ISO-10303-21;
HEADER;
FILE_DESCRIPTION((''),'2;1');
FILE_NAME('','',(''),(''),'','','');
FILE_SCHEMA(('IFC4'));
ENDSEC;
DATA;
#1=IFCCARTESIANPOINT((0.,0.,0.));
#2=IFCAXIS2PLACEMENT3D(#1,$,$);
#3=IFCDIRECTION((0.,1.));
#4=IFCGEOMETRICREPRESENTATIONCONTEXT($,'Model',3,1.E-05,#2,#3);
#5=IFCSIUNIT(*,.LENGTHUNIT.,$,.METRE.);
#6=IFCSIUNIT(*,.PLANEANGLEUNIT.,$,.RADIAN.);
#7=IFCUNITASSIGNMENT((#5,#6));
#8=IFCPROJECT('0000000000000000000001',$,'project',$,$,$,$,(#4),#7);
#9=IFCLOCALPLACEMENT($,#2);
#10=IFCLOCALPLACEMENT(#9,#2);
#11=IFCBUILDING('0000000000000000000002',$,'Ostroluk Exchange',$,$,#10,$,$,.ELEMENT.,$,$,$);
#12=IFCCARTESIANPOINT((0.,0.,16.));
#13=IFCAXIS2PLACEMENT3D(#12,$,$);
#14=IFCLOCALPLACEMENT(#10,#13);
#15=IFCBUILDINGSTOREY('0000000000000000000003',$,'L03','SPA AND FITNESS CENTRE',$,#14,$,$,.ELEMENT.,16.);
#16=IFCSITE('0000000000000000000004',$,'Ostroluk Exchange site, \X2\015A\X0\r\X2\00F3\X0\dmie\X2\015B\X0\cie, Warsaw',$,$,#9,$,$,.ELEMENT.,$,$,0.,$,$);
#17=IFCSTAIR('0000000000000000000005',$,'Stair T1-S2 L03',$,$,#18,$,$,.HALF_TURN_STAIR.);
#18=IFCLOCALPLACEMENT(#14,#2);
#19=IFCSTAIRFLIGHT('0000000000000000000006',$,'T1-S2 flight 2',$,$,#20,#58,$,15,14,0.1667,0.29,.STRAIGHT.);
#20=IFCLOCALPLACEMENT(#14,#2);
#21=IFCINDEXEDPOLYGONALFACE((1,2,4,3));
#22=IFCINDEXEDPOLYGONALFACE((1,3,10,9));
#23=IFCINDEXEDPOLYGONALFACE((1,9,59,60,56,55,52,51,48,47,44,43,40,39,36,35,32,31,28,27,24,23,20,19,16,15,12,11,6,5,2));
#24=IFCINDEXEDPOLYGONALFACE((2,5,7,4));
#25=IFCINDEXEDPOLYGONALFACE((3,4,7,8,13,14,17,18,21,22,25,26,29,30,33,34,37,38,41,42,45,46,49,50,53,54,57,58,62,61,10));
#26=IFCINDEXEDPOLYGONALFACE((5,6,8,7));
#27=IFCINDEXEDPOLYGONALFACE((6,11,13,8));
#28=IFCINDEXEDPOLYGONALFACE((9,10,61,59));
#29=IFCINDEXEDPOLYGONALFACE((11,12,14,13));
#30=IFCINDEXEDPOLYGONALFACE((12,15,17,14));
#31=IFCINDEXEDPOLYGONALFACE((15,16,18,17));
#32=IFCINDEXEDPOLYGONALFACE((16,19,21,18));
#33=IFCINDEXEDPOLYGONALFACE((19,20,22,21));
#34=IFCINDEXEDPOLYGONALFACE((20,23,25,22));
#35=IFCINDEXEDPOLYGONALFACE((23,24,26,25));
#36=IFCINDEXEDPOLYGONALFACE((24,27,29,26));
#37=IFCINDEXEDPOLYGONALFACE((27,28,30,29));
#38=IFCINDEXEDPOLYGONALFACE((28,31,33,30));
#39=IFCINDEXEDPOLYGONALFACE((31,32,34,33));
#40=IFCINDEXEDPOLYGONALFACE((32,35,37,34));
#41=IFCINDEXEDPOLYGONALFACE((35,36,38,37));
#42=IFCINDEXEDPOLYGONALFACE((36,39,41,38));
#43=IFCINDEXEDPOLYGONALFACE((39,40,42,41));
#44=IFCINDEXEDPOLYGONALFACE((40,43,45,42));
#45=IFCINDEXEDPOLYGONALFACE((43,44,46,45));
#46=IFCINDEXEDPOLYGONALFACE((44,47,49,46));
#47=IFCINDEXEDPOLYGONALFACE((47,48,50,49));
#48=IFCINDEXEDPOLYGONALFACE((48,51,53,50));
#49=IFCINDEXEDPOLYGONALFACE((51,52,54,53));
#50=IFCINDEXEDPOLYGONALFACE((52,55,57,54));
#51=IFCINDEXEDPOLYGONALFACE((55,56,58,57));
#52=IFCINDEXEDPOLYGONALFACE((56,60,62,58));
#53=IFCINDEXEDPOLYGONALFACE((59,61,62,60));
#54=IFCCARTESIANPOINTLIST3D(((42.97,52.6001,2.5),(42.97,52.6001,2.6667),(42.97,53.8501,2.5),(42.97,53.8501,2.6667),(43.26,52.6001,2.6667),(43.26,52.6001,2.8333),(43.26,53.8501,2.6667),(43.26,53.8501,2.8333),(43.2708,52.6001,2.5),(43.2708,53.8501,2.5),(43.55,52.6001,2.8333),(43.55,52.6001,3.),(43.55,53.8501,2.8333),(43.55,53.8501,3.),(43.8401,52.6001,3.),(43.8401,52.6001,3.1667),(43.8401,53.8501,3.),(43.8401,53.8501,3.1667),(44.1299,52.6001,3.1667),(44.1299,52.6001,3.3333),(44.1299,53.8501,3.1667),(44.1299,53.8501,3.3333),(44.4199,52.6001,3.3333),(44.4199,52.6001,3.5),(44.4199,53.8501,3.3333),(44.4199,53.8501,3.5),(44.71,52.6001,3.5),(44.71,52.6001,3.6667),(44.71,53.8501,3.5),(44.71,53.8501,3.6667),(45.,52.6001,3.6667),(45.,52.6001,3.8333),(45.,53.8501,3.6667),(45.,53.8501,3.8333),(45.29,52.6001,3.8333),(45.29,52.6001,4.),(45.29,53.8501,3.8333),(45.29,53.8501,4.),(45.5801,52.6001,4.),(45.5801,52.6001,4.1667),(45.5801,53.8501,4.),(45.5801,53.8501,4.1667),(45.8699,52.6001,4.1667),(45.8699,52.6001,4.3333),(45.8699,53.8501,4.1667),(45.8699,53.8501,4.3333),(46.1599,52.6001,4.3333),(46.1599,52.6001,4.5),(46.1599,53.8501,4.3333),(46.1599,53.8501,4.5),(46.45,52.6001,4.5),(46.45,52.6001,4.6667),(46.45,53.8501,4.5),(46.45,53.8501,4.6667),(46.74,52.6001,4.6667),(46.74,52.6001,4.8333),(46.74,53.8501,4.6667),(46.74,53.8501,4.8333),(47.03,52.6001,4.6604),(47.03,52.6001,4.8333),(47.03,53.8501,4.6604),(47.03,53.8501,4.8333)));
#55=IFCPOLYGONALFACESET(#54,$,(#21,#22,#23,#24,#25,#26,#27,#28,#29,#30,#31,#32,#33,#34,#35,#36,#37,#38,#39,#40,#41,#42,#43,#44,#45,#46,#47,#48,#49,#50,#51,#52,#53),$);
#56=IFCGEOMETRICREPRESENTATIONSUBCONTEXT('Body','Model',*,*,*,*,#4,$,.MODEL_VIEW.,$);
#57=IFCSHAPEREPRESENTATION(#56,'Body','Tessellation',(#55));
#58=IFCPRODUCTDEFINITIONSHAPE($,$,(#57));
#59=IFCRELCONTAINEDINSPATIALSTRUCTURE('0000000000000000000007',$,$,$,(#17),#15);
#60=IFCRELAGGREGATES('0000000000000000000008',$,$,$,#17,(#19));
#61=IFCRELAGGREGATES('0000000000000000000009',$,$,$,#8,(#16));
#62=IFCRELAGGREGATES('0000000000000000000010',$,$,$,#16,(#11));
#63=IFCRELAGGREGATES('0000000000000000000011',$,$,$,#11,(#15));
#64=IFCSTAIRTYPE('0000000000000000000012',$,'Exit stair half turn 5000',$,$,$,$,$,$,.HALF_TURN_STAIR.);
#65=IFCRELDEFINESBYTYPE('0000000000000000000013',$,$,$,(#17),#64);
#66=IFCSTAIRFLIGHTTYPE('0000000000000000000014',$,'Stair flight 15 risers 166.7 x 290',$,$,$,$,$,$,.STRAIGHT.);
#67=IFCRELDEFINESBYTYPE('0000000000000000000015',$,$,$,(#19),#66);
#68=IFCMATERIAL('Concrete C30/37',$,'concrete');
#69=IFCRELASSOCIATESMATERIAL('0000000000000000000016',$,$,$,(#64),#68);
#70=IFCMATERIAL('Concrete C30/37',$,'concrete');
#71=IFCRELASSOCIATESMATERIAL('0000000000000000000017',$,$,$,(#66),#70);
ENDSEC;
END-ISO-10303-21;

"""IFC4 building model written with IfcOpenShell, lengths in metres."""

from ifc_helpers import new_model, si_unit, direction, frame, origin, place, context, subcontext, project, spatial, polyline, outline, extrude, material, type_object, element, aggregate, save


model = new_model("IFC4")

# Units and contexts
model_context = context("Model", 3, precision=1e-05, world=origin(), true_north=direction((0.0, 1.0)))
body_context = subcontext(model_context, "Body", "Model", "MODEL_VIEW")
ifc_project = project(units=[si_unit("LENGTHUNIT", "METRE"), si_unit("PLANEANGLEUNIT", "RADIAN")], contexts=[model_context])

# Site, building, storey
site_placement = place(None, origin())
site = spatial("IfcSite", under=ifc_project, at=site_placement, Name="Ostroluk Exchange site, Śródmieście, Warsaw", CompositionType="ELEMENT", RefElevation=0.0)
building_placement = place(site_placement, origin())
building = spatial("IfcBuilding", under=site, at=building_placement, Name="Ostroluk Exchange", CompositionType="ELEMENT")
storey_placement = place(building_placement, frame((0.0, 0.0, 16.0)))
storey = spatial("IfcBuildingStorey", under=building, at=storey_placement, Name="L03", Description="SPA AND FITNESS CENTRE", CompositionType="ELEMENT", Elevation=16.0)

# Stair, stair flight
ifc_material_1 = material(Name="Concrete C30/37", Category="concrete")
stair_type = type_object("IfcStairType", Name="Exit stair half turn 5000", PredefinedType="HALF_TURN_STAIR", material=ifc_material_1)
stair_placement = place(storey_placement, origin())
stair = element("IfcStair", 1, at=stair_placement, inside=storey, type_object=stair_type, Name="Stair T1-S2 L03", PredefinedType="HALF_TURN_STAIR")
ifc_material_2 = material(Name="Concrete C30/37", Category="concrete")
stair_flight_type = type_object("IfcStairFlightType", Name="Stair flight 15 risers 166.7 x 290", PredefinedType="STRAIGHT", material=ifc_material_2)
stair_flight_1_placement = place(storey_placement, frame((42.97, 53.2251, 2.5), z_axis=(0.0, 0.0, 1.0), x_axis=(1.0, 0.0, 0.0)))
stair_flight_1 = element("IfcStairFlight", 2, at=stair_flight_1_placement, type_object=stair_flight_type, Name="T1-S2 flight 2", NumberOfRisers=15, NumberOfTreads=14, PredefinedType="STRAIGHT", RiserHeight=0.1667, TreadLength=0.29, context=body_context, shape_type="SweptSolid", body=[
    extrude(outline(polyline([(0.0, 0.0), (0.0, 0.1667), (0.29, 0.1667), (0.29, 0.3333), (0.5801, 0.3333), (0.5801, 0.5), (0.8701, 0.5), (0.8701, 0.6667), (1.1599, 0.6667), (1.1599, 0.8333), (1.45, 0.8333), (1.45, 1.0), (1.74, 1.0), (1.74, 1.1667), (2.03, 1.1667), (2.03, 1.3333), (2.3201, 1.3333), (2.3201, 1.5), (2.6101, 1.5), (2.6101, 1.6667), (2.8999, 1.6667), (2.8999, 1.8333), (3.1899, 1.8333), (3.1899, 2.0), (3.48, 2.0), (3.48, 2.1667), (3.77, 2.1667), (3.77, 2.3333), (4.0601, 2.3333), (4.0601, 2.5), (4.0601, 2.1604), (0.3008, 0.0), (0.0, 0.0)])), frame((0.0, 0.625, 0.0), z_axis=(0.0, -1.0, 0.0), x_axis=(1.0, 0.0, 0.0)), (0.0, 0.0, 1.0), 1.25),
])
aggregate(stair, [stair_flight_1])

save(model, "model.ifc")
